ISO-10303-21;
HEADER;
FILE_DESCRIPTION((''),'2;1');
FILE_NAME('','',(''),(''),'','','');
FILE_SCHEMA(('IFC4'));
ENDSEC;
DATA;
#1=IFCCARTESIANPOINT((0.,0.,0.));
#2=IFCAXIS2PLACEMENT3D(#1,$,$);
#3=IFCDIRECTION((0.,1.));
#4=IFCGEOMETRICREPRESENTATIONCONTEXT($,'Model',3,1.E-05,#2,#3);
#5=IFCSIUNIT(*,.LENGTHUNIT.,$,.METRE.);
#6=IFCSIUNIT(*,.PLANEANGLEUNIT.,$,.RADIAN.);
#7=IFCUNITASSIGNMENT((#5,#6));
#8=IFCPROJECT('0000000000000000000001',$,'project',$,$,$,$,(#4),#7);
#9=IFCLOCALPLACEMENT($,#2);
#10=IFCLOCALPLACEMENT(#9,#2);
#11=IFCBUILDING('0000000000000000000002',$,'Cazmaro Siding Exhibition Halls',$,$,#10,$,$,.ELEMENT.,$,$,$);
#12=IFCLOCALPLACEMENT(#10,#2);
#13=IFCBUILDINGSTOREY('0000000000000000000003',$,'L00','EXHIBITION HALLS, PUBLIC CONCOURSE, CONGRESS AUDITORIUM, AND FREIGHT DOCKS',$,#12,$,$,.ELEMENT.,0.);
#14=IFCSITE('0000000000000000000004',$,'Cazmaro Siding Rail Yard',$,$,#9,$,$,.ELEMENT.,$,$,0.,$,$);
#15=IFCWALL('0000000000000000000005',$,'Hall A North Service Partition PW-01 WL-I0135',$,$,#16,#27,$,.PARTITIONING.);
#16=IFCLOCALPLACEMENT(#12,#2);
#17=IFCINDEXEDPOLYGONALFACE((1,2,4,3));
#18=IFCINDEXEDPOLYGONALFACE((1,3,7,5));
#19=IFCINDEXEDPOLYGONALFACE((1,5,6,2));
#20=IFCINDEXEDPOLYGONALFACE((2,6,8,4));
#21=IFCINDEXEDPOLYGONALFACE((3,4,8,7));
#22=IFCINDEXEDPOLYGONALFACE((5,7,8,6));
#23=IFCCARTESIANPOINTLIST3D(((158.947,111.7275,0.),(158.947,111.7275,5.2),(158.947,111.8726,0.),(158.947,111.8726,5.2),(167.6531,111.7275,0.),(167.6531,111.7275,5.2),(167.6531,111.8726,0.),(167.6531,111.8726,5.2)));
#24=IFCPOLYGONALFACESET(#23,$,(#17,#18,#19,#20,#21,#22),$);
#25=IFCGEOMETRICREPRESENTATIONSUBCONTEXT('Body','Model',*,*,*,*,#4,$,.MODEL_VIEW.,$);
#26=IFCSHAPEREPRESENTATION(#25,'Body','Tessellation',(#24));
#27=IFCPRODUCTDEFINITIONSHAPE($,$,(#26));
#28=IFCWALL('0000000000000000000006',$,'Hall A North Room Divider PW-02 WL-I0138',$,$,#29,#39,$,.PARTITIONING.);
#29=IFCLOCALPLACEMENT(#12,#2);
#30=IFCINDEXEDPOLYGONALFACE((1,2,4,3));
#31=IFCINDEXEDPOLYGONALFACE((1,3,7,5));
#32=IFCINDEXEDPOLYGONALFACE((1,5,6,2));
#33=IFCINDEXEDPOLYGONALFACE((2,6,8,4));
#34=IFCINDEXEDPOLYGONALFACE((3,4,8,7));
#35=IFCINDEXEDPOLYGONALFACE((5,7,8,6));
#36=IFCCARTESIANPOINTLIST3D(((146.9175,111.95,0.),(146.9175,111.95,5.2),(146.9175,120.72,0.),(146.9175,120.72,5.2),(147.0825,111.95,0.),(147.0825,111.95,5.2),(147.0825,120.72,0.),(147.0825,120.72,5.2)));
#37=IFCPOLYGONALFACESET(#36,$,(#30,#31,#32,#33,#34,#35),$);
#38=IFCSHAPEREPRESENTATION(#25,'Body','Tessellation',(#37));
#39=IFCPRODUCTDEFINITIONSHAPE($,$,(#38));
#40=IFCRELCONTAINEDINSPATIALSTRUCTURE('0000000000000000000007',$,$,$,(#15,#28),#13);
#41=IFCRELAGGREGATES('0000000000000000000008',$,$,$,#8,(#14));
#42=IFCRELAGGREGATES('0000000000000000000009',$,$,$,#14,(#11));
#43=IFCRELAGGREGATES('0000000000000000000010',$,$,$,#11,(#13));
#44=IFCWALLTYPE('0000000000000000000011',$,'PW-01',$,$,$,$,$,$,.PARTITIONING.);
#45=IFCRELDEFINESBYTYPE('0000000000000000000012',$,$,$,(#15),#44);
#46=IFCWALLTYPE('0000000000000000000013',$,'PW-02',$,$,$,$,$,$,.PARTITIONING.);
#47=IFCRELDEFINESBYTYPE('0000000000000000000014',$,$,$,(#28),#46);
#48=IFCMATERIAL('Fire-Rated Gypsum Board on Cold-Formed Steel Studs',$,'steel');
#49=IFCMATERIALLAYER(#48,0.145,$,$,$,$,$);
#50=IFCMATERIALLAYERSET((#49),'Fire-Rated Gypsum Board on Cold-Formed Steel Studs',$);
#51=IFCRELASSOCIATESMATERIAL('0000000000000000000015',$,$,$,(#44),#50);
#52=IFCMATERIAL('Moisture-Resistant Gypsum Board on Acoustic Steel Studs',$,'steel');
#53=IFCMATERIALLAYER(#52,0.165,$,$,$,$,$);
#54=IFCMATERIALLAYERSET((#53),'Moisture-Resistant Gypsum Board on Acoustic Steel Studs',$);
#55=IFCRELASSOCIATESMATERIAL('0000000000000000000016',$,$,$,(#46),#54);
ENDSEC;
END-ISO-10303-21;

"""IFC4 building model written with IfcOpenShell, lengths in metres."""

from ifc_helpers import new_model, si_unit, direction, frame, frame_2d, origin, place, context, subcontext, project, spatial, rectangle, extrude, material, layer, layer_set, type_object, element, save


model = new_model("IFC4")

# Units and contexts
model_context = context("Model", 3, precision=1e-05, world=origin(), true_north=direction((0.0, 1.0)))
body_context = subcontext(model_context, "Body", "Model", "MODEL_VIEW")
ifc_project = project(units=[si_unit("LENGTHUNIT", "METRE"), si_unit("PLANEANGLEUNIT", "RADIAN")], contexts=[model_context])

# Site, building, storey
site_placement = place(None, origin())
site = spatial("IfcSite", under=ifc_project, at=site_placement, Name="Cazmaro Siding Rail Yard", CompositionType="ELEMENT", RefElevation=0.0)
building_placement = place(site_placement, origin())
building = spatial("IfcBuilding", under=site, at=building_placement, Name="Cazmaro Siding Exhibition Halls", CompositionType="ELEMENT")
storey_placement = place(building_placement, origin())
storey = spatial("IfcBuildingStorey", under=building, at=storey_placement, Name="L00", Description="EXHIBITION HALLS, PUBLIC CONCOURSE, CONGRESS AUDITORIUM, AND FREIGHT DOCKS", CompositionType="ELEMENT", Elevation=0.0)

# Shared definitions
ifc_material_1 = material(Name="Fire-Rated Gypsum Board on Cold-Formed Steel Studs", Category="steel")
ifc_layer_1 = layer(ifc_material_1, 0.145)
ifc_layer_set_1 = layer_set([ifc_layer_1], Name="Fire-Rated Gypsum Board on Cold-Formed Steel Studs")
wall_type_1 = type_object("IfcWallType", Name="PW-01", PredefinedType="PARTITIONING", material=ifc_layer_set_1)

# Walls
wall_1_placement = place(storey_placement, frame((158.947, 111.8, 0.0), z_axis=(0.0, 0.0, 1.0), x_axis=(1.0, 0.0, 0.0)))
element("IfcWall", 1, at=wall_1_placement, inside=storey, type_object=wall_type_1, Name="Hall A North Service Partition PW-01 WL-I0135", PredefinedType="PARTITIONING", context=body_context, shape_type="SweptSolid", body=[
    extrude(rectangle(XDim=8.7061, YDim=0.145, at=frame_2d((4.353, 0.0))), origin(), (0.0, 0.0, 1.0), 5.2),
])
ifc_material_2 = material(Name="Moisture-Resistant Gypsum Board on Acoustic Steel Studs", Category="steel")
ifc_layer_2 = layer(ifc_material_2, 0.165)
ifc_layer_set_2 = layer_set([ifc_layer_2], Name="Moisture-Resistant Gypsum Board on Acoustic Steel Studs")
wall_type_2 = type_object("IfcWallType", Name="PW-02", PredefinedType="PARTITIONING", material=ifc_layer_set_2)
wall_2_placement = place(storey_placement, frame((147.0, 111.95, 0.0), z_axis=(0.0, 0.0, 1.0), x_axis=(0.0, 1.0, 0.0)))
element("IfcWall", 2, at=wall_2_placement, inside=storey, type_object=wall_type_2, Name="Hall A North Room Divider PW-02 WL-I0138", PredefinedType="PARTITIONING", context=body_context, shape_type="SweptSolid", body=[
    extrude(rectangle(XDim=8.77, YDim=0.165, at=frame_2d((4.385, 0.0))), origin(), (0.0, 0.0, 1.0), 5.2),
])

save(model, "model.ifc")
